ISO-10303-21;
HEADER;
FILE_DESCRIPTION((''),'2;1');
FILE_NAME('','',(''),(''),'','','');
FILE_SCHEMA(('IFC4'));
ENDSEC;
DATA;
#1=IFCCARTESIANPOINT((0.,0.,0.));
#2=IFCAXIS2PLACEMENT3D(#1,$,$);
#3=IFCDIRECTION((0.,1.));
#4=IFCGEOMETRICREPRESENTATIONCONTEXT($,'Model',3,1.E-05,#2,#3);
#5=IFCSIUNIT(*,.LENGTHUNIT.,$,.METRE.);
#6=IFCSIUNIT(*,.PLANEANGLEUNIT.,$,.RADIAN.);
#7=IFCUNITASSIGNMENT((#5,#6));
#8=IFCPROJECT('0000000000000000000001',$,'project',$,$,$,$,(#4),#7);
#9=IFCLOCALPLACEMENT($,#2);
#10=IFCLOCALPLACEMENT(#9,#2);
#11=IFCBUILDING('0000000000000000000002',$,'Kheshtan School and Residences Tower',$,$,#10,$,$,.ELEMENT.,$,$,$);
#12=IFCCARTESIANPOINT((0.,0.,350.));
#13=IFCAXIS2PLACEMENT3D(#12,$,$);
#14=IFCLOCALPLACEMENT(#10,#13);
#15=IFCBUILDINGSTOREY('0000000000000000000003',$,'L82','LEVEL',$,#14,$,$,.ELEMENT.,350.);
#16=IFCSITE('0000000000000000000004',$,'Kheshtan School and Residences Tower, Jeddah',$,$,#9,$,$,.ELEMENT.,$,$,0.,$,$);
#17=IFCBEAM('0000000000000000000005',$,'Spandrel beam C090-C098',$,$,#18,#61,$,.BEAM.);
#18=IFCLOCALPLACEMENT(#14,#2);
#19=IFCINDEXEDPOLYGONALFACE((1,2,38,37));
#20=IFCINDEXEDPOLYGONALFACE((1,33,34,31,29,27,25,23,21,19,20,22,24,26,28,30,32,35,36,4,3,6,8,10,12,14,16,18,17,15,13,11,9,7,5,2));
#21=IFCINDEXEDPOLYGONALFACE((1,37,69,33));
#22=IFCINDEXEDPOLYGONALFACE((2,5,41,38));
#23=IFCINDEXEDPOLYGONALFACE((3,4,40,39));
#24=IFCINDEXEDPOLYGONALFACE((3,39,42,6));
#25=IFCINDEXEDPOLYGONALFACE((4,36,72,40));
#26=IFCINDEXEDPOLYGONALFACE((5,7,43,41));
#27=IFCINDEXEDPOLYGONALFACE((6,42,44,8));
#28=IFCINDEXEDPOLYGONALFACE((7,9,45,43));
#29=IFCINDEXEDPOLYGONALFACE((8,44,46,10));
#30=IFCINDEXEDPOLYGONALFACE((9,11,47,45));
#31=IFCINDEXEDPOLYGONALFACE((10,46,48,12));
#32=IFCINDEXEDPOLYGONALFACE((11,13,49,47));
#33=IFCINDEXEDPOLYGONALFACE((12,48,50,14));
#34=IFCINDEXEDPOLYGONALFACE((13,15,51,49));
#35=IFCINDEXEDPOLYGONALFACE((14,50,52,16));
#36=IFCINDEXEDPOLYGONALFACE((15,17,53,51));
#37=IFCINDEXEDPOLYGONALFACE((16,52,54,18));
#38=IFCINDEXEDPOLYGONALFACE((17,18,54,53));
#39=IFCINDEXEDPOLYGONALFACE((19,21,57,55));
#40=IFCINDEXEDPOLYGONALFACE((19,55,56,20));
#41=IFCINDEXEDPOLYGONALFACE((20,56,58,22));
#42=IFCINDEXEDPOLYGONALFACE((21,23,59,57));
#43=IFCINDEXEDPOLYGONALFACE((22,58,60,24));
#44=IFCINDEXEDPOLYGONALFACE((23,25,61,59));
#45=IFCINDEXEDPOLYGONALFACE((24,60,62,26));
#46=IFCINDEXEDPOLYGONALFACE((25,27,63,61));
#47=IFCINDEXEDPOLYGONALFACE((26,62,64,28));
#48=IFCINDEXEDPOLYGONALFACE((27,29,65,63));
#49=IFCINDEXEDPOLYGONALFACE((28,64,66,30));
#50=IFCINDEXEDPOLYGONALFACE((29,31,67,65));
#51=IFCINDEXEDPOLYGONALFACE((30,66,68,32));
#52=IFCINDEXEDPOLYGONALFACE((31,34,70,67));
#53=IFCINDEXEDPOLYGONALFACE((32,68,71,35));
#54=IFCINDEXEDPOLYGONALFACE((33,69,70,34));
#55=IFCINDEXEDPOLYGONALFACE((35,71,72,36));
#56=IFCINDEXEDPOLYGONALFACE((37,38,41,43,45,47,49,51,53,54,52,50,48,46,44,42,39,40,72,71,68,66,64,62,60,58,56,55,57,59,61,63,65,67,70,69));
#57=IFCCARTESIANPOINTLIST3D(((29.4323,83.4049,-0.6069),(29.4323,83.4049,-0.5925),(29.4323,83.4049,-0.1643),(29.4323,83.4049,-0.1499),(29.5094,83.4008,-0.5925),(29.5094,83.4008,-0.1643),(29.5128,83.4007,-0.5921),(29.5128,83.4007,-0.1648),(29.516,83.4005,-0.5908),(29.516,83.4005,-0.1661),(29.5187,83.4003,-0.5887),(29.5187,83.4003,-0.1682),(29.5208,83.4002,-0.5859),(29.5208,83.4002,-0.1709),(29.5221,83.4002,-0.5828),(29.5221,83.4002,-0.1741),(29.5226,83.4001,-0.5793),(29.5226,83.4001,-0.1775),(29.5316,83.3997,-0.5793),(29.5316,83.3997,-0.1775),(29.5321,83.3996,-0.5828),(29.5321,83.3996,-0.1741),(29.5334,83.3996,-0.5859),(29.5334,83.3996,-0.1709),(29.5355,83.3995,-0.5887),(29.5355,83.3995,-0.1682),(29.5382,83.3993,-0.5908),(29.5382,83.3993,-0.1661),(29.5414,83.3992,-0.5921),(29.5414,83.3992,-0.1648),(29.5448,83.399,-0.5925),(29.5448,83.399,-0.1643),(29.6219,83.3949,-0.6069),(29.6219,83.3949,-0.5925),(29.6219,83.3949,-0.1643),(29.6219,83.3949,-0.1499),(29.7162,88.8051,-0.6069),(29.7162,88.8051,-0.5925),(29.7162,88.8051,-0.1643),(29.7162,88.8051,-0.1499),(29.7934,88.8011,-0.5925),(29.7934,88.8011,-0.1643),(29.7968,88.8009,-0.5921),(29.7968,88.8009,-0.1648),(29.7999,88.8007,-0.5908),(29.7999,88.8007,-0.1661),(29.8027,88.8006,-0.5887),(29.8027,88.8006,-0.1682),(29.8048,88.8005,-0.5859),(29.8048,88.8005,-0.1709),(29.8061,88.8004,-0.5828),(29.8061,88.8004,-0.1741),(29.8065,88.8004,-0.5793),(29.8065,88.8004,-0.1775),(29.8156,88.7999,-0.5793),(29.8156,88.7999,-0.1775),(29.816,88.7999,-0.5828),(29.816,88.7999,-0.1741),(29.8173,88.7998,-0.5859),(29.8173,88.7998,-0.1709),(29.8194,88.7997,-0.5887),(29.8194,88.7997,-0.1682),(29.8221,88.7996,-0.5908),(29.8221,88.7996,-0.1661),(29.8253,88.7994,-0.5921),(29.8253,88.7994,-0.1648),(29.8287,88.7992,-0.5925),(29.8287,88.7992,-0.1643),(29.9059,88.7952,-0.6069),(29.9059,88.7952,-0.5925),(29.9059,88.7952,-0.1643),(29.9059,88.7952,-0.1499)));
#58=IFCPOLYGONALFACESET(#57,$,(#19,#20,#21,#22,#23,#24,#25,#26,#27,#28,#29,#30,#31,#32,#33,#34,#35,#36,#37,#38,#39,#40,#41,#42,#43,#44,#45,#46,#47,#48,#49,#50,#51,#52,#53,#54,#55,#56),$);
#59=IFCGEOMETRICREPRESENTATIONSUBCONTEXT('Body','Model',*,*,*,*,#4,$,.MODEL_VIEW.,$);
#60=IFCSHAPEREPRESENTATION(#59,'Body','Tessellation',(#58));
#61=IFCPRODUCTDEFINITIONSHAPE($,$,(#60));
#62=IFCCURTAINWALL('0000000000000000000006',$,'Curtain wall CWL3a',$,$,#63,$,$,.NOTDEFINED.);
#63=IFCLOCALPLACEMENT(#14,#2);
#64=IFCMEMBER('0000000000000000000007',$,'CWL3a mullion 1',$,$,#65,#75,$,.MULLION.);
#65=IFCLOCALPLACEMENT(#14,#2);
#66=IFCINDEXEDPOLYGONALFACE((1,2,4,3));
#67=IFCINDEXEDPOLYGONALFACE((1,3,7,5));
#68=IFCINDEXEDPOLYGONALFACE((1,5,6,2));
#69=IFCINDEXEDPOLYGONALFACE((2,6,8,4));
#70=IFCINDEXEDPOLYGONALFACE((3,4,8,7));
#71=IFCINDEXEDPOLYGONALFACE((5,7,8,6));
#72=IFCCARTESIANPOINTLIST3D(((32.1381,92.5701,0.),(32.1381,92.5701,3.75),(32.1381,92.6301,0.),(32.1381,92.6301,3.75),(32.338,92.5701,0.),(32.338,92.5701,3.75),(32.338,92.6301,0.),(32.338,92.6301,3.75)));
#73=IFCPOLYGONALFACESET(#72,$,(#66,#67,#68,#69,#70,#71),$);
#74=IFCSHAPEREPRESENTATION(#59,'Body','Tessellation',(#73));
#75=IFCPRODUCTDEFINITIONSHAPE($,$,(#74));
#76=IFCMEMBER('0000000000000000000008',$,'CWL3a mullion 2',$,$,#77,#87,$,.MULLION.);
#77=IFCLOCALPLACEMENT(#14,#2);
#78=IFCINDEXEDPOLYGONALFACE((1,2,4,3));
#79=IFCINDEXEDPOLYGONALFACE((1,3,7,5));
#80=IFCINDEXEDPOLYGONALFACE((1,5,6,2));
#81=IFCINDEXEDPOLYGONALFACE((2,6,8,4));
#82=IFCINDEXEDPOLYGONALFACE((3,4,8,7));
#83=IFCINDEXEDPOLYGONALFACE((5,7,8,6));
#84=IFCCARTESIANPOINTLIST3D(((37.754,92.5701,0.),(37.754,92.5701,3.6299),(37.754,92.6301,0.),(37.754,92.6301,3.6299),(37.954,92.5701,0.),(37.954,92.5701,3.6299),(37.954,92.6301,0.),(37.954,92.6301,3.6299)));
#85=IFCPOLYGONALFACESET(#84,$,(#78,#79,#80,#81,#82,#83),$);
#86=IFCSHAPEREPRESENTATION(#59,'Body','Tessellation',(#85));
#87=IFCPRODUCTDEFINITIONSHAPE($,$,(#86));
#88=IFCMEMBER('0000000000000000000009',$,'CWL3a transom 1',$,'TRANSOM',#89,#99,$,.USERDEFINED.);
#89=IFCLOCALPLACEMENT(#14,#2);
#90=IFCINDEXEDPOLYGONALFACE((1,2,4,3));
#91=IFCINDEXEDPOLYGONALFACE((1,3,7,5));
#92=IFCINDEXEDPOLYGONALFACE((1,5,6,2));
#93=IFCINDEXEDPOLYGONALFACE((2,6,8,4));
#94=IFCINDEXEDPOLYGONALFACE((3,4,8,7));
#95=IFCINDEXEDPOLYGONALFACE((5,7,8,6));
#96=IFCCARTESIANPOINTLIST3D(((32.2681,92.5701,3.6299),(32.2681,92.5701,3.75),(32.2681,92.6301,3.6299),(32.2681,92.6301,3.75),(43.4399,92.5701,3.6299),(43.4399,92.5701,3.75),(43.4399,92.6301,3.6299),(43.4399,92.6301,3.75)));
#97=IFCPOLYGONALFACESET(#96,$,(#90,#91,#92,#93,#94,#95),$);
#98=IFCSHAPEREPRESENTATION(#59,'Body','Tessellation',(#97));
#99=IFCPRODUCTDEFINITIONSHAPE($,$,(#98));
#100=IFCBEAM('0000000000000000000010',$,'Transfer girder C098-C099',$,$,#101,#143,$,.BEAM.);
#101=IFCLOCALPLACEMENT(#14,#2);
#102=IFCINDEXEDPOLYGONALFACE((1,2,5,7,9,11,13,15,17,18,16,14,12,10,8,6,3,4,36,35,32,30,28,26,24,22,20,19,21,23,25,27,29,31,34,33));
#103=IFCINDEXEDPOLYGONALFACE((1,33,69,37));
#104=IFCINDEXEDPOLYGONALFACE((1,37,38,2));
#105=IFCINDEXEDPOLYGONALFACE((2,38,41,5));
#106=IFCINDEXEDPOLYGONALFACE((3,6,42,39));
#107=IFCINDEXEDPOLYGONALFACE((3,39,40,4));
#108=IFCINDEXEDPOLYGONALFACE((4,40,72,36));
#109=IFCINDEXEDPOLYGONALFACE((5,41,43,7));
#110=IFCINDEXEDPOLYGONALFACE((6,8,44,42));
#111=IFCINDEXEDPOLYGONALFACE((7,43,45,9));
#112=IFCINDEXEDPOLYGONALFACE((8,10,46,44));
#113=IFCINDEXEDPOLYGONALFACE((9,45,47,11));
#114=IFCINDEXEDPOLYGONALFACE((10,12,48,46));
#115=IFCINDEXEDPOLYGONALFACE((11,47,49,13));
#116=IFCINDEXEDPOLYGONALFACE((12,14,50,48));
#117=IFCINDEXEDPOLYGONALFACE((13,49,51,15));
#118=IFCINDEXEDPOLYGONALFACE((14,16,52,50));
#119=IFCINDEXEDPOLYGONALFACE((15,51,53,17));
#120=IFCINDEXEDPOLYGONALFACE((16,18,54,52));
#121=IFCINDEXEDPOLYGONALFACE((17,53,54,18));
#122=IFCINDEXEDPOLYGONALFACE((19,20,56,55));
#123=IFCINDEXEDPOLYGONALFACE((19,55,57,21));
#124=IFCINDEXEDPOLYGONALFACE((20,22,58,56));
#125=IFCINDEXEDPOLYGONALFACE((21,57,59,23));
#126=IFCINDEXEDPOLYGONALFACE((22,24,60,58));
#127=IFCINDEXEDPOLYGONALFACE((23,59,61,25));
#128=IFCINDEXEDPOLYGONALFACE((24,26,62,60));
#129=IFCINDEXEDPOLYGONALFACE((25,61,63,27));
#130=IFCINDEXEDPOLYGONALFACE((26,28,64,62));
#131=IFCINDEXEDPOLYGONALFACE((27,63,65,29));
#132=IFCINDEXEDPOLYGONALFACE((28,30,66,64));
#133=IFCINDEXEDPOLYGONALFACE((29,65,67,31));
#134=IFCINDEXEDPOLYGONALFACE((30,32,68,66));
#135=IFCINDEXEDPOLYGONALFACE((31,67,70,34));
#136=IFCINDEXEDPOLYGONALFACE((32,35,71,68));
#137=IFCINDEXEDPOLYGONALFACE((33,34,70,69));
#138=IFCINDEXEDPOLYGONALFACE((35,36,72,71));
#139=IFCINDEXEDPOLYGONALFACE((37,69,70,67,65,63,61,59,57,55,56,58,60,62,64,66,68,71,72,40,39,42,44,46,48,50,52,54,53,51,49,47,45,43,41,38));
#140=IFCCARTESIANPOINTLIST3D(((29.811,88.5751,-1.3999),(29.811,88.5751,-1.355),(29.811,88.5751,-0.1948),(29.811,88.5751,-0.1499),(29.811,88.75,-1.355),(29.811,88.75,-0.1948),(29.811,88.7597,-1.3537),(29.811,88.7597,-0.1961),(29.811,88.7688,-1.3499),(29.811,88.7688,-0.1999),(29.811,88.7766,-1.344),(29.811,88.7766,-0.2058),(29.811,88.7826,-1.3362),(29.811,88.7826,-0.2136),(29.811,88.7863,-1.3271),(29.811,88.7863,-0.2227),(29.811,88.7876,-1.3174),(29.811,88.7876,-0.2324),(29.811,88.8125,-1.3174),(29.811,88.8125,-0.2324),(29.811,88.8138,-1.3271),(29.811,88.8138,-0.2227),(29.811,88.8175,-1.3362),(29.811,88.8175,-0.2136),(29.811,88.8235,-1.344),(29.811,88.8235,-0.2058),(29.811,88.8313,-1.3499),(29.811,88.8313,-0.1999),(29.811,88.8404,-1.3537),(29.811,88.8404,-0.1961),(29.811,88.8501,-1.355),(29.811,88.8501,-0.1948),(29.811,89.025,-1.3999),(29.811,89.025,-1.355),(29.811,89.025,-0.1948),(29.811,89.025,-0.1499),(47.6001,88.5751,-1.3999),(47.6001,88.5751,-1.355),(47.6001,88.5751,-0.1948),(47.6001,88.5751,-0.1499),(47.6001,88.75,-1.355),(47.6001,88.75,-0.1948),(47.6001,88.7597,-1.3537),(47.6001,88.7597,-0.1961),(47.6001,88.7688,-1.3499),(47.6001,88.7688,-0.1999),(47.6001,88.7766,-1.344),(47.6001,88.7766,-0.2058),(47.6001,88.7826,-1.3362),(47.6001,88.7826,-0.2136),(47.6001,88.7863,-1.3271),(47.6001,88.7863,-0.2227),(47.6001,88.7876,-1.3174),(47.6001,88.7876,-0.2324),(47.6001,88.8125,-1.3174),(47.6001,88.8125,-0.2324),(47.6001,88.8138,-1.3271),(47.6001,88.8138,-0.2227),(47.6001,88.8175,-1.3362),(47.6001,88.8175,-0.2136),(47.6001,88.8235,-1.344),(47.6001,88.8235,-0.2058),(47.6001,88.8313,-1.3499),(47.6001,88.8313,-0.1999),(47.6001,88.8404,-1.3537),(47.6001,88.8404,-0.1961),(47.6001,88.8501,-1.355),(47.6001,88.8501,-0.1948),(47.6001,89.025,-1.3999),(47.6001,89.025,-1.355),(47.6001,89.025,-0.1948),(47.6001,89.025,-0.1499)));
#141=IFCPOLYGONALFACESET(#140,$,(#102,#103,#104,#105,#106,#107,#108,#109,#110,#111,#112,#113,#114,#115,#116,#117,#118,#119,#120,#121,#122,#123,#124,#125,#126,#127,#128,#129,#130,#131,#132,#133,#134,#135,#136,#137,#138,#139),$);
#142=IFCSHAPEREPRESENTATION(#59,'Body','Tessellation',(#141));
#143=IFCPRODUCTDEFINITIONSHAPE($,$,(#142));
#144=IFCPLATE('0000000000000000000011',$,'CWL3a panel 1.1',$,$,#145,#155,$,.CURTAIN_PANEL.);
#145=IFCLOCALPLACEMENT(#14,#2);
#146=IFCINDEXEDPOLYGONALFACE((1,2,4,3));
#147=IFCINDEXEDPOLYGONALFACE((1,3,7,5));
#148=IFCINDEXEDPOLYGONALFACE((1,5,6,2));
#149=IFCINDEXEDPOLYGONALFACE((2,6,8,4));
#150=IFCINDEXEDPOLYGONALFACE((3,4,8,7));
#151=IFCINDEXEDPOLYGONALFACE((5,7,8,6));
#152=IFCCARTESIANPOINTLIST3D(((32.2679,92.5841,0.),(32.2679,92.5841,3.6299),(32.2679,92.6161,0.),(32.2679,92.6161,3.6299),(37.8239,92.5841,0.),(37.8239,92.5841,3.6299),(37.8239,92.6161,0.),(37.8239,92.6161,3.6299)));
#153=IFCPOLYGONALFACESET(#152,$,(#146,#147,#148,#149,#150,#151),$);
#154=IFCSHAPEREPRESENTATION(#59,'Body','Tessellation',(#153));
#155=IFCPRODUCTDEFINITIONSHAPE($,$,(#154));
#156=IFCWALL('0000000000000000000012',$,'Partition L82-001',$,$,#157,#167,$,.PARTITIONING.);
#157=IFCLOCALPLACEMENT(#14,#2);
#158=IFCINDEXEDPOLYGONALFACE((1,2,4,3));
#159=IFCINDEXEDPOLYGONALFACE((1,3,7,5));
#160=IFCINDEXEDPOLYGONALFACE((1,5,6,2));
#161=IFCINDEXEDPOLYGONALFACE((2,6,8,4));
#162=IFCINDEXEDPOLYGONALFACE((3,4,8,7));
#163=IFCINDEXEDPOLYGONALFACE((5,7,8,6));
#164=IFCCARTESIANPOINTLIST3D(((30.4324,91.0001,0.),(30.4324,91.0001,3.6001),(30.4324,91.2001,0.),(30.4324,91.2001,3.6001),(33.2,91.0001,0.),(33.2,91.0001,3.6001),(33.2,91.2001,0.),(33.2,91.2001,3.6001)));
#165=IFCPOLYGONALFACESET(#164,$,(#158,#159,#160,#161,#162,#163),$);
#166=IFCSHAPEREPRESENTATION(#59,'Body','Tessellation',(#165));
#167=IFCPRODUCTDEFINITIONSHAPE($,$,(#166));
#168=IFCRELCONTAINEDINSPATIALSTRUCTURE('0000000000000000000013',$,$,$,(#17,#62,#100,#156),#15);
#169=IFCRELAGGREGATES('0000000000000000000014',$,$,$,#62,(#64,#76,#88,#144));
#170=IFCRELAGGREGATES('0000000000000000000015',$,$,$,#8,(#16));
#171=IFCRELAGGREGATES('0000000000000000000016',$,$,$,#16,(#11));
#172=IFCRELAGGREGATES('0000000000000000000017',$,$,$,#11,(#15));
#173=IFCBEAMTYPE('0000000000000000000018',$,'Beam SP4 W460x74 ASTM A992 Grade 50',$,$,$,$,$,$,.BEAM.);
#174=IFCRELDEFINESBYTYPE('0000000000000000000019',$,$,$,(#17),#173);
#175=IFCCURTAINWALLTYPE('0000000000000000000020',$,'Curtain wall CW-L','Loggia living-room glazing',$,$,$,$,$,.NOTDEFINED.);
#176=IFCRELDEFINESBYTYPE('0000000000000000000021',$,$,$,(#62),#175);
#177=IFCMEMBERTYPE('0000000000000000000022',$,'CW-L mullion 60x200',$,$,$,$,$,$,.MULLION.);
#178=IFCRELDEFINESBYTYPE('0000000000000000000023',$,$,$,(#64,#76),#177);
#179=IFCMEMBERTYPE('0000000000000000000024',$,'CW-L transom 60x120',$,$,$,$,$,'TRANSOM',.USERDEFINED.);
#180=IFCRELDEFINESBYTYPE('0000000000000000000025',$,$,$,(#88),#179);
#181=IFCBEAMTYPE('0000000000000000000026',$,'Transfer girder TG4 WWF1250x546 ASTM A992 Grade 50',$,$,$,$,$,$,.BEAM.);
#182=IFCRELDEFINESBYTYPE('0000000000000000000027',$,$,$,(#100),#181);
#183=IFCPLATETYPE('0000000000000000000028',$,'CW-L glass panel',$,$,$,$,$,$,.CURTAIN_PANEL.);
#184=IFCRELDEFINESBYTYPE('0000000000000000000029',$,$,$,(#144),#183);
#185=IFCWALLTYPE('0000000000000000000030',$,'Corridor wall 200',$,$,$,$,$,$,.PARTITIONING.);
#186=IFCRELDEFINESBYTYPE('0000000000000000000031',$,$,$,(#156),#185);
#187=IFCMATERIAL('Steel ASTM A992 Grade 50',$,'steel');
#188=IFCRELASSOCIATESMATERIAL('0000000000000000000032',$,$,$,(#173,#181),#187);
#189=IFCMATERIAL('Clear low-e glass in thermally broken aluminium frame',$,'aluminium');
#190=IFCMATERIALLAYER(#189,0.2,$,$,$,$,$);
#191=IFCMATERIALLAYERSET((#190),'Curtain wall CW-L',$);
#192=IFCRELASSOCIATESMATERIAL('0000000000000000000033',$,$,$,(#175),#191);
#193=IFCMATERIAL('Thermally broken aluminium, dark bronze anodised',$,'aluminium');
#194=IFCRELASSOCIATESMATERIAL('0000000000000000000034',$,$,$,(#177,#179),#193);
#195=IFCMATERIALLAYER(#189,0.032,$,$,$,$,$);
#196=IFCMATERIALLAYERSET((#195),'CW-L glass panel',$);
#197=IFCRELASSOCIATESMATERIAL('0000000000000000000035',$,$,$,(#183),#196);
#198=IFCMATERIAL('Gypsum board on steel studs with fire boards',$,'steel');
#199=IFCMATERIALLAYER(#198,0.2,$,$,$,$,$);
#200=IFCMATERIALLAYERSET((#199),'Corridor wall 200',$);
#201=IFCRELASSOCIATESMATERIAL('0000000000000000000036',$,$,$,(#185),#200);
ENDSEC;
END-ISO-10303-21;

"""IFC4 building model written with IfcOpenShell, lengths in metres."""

from ifc_helpers import new_model, si_unit, direction, frame, frame_2d, origin, origin_2d, place, context, subcontext, project, spatial, rectangle, i_section, extrude, material, layer, layer_set, material_profile, profile_set, type_object, element, aggregate, save


model = new_model("IFC4")

# Units and contexts
model_context = context("Model", 3, precision=1e-05, world=origin(), true_north=direction((0.0, 1.0)))
body_context = subcontext(model_context, "Body", "Model", "MODEL_VIEW")
ifc_project = project(units=[si_unit("LENGTHUNIT", "METRE"), si_unit("PLANEANGLEUNIT", "RADIAN")], contexts=[model_context])

# Site, building, storey
site_placement = place(None, origin())
site = spatial("IfcSite", under=ifc_project, at=site_placement, Name="Kheshtan School and Residences Tower, Jeddah", CompositionType="ELEMENT", RefElevation=0.0)
building_placement = place(site_placement, origin())
building = spatial("IfcBuilding", under=site, at=building_placement, Name="Kheshtan School and Residences Tower", CompositionType="ELEMENT")
storey_placement = place(building_placement, frame((0.0, 0.0, 350.0)))
storey = spatial("IfcBuildingStorey", under=building, at=storey_placement, Name="L82", Description="LEVEL", CompositionType="ELEMENT", Elevation=350.0)

# Shared definitions
ifc_material_1 = material(Name="Steel ASTM A992 Grade 50", Category="steel")

# Beam
ifc_material_profile_1 = material_profile(ifc_material_1, i_section(OverallWidth=0.1899, OverallDepth=0.457, WebThickness=0.009, FlangeThickness=0.0144, FilletRadius=0.0132, at=origin_2d()), Name="W460x74")
ifc_profile_set_1 = profile_set([ifc_material_profile_1], Name="Steel ASTM A992 Grade 50")
beam_type_1 = type_object("IfcBeamType", Name="Beam SP4 W460x74 ASTM A992 Grade 50", PredefinedType="BEAM", material=ifc_profile_set_1)
beam_1_placement = place(storey_placement, frame((29.5271, 83.3999, -0.3784), z_axis=(0.052507, 0.998621, 0.0), x_axis=(-0.998621, 0.052507, 0.0)))
element("IfcBeam", 1, at=beam_1_placement, inside=storey, type_object=beam_type_1, Name="Spandrel beam C090-C098", PredefinedType="BEAM", context=body_context, shape_type="SweptSolid", body=[
    extrude(i_section(OverallWidth=0.1899, OverallDepth=0.457, WebThickness=0.009, FlangeThickness=0.0144, FilletRadius=0.0132, at=origin_2d()), origin(), (0.0, 0.0, 1.0), 5.4077),
])

# Curtain wall, members
ifc_material_2 = material(Name="Clear low-e glass in thermally broken aluminium frame", Category="aluminium")
ifc_layer_1 = layer(ifc_material_2, 0.2)
ifc_layer_set_1 = layer_set([ifc_layer_1], Name="Curtain wall CW-L")
curtain_wall_type = type_object("IfcCurtainWallType", Name="Curtain wall CW-L", Description="Loggia living-room glazing", PredefinedType="NOTDEFINED", material=ifc_layer_set_1)
curtain_wall_placement = place(storey_placement, origin())
curtain_wall = element("IfcCurtainWall", 2, at=curtain_wall_placement, inside=storey, type_object=curtain_wall_type, Name="Curtain wall CWL3a", PredefinedType="NOTDEFINED")
ifc_material_3 = material(Name="Thermally broken aluminium, dark bronze anodised", Category="aluminium")
ifc_material_profile_2 = material_profile(ifc_material_3, rectangle(XDim=0.0601, YDim=0.2, at=origin_2d()), Name="CW-L mullion 60x200")
ifc_profile_set_2 = profile_set([ifc_material_profile_2], Name="Thermally broken aluminium, dark bronze anodised")
member_type_1 = type_object("IfcMemberType", Name="CW-L mullion 60x200", PredefinedType="MULLION", material=ifc_profile_set_2)
member_1_placement = place(storey_placement, frame((32.238, 92.6001, 0.0), z_axis=(0.0, 0.0, 1.0), x_axis=(0.0, 1.0, 0.0)))
member_1 = element("IfcMember", 3, at=member_1_placement, type_object=member_type_1, Name="CWL3a mullion 1", PredefinedType="MULLION", context=body_context, shape_type="SweptSolid", body=[
    extrude(rectangle(XDim=0.0601, YDim=0.2, at=origin_2d()), origin(), (0.0, 0.0, 1.0), 3.75),
])
member_2_placement = place(storey_placement, frame((37.854, 92.6001, 0.0), z_axis=(0.0, 0.0, 1.0), x_axis=(0.0, 1.0, 0.0)))
member_2 = element("IfcMember", 4, at=member_2_placement, type_object=member_type_1, Name="CWL3a mullion 2", PredefinedType="MULLION", context=body_context, shape_type="SweptSolid", body=[
    extrude(rectangle(XDim=0.0601, YDim=0.2, at=origin_2d()), origin(), (0.0, 0.0, 1.0), 3.6299),
])
ifc_material_profile_3 = material_profile(ifc_material_3, rectangle(XDim=0.0601, YDim=0.1201, at=origin_2d()), Name="CW-L transom 60x120")
ifc_profile_set_3 = profile_set([ifc_material_profile_3], Name="Thermally broken aluminium, dark bronze anodised")
member_type_2 = type_object("IfcMemberType", Name="CW-L transom 60x120", ElementType="TRANSOM", PredefinedType="USERDEFINED", material=ifc_profile_set_3)
member_3_placement = place(storey_placement, frame((32.2681, 92.6001, 3.6899), z_axis=(1.0, 0.0, 0.0), x_axis=(0.0, 1.0, 0.0)))
member_3 = element("IfcMember", 5, at=member_3_placement, type_object=member_type_2, Name="CWL3a transom 1", ObjectType="TRANSOM", PredefinedType="USERDEFINED", context=body_context, shape_type="SweptSolid", body=[
    extrude(rectangle(XDim=0.0601, YDim=0.1201, at=origin_2d()), origin(), (0.0, 0.0, 1.0), 11.1719),
])

# Beam
ifc_material_profile_4 = material_profile(ifc_material_1, i_section(OverallWidth=0.45, OverallDepth=1.25, WebThickness=0.0249, FlangeThickness=0.0449, FilletRadius=0.0376, at=origin_2d()), Name="WWF1250x546")
ifc_profile_set_4 = profile_set([ifc_material_profile_4], Name="Steel ASTM A992 Grade 50")
beam_type_2 = type_object("IfcBeamType", Name="Transfer girder TG4 WWF1250x546 ASTM A992 Grade 50", PredefinedType="BEAM", material=ifc_profile_set_4)
beam_2_placement = place(storey_placement, frame((29.811, 88.8, -0.7749), z_axis=(1.0, 0.0, 0.0), x_axis=(0.0, 1.0, 0.0)))
element("IfcBeam", 6, at=beam_2_placement, inside=storey, type_object=beam_type_2, Name="Transfer girder C098-C099", PredefinedType="BEAM", context=body_context, shape_type="SweptSolid", body=[
    extrude(i_section(OverallWidth=0.45, OverallDepth=1.25, WebThickness=0.0249, FlangeThickness=0.0449, FilletRadius=0.0376, at=origin_2d()), origin(), (0.0, 0.0, 1.0), 17.7891),
])

# Plate
ifc_layer_2 = layer(ifc_material_2, 0.032)
ifc_layer_set_2 = layer_set([ifc_layer_2], Name="CW-L glass panel")
plate_type = type_object("IfcPlateType", Name="CW-L glass panel", PredefinedType="CURTAIN_PANEL", material=ifc_layer_set_2)
plate_placement = place(storey_placement, frame((35.0459, 92.6001, 0.0), z_axis=(0.0, 0.0, 1.0), x_axis=(1.0, 0.0, 0.0)))
plate = element("IfcPlate", 7, at=plate_placement, type_object=plate_type, Name="CWL3a panel 1.1", PredefinedType="CURTAIN_PANEL", context=body_context, shape_type="SweptSolid", body=[
    extrude(rectangle(XDim=5.5559, YDim=0.032, at=origin_2d()), origin(), (0.0, 0.0, 1.0), 3.6299),
])
aggregate(curtain_wall, [member_1, member_2, member_3, plate])

# Wall
ifc_material_4 = material(Name="Gypsum board on steel studs with fire boards", Category="steel")
ifc_layer_3 = layer(ifc_material_4, 0.2)
ifc_layer_set_3 = layer_set([ifc_layer_3], Name="Corridor wall 200")
wall_type_1 = type_object("IfcWallType", Name="Corridor wall 200", PredefinedType="PARTITIONING", material=ifc_layer_set_3)
wall_1_placement = place(storey_placement, frame((30.4324, 91.1001, 0.0), z_axis=(0.0, 0.0, 1.0), x_axis=(1.0, 0.0, 0.0)))
element("IfcWall", 8, at=wall_1_placement, inside=storey, type_object=wall_type_1, Name="Partition L82-001", PredefinedType="PARTITIONING", context=body_context, shape_type="SweptSolid", body=[
    extrude(rectangle(XDim=2.7676, YDim=0.2, at=frame_2d((1.3838, 0.0))), origin(), (0.0, 0.0, 1.0), 3.6001),
])

save(model, "model.ifc")
